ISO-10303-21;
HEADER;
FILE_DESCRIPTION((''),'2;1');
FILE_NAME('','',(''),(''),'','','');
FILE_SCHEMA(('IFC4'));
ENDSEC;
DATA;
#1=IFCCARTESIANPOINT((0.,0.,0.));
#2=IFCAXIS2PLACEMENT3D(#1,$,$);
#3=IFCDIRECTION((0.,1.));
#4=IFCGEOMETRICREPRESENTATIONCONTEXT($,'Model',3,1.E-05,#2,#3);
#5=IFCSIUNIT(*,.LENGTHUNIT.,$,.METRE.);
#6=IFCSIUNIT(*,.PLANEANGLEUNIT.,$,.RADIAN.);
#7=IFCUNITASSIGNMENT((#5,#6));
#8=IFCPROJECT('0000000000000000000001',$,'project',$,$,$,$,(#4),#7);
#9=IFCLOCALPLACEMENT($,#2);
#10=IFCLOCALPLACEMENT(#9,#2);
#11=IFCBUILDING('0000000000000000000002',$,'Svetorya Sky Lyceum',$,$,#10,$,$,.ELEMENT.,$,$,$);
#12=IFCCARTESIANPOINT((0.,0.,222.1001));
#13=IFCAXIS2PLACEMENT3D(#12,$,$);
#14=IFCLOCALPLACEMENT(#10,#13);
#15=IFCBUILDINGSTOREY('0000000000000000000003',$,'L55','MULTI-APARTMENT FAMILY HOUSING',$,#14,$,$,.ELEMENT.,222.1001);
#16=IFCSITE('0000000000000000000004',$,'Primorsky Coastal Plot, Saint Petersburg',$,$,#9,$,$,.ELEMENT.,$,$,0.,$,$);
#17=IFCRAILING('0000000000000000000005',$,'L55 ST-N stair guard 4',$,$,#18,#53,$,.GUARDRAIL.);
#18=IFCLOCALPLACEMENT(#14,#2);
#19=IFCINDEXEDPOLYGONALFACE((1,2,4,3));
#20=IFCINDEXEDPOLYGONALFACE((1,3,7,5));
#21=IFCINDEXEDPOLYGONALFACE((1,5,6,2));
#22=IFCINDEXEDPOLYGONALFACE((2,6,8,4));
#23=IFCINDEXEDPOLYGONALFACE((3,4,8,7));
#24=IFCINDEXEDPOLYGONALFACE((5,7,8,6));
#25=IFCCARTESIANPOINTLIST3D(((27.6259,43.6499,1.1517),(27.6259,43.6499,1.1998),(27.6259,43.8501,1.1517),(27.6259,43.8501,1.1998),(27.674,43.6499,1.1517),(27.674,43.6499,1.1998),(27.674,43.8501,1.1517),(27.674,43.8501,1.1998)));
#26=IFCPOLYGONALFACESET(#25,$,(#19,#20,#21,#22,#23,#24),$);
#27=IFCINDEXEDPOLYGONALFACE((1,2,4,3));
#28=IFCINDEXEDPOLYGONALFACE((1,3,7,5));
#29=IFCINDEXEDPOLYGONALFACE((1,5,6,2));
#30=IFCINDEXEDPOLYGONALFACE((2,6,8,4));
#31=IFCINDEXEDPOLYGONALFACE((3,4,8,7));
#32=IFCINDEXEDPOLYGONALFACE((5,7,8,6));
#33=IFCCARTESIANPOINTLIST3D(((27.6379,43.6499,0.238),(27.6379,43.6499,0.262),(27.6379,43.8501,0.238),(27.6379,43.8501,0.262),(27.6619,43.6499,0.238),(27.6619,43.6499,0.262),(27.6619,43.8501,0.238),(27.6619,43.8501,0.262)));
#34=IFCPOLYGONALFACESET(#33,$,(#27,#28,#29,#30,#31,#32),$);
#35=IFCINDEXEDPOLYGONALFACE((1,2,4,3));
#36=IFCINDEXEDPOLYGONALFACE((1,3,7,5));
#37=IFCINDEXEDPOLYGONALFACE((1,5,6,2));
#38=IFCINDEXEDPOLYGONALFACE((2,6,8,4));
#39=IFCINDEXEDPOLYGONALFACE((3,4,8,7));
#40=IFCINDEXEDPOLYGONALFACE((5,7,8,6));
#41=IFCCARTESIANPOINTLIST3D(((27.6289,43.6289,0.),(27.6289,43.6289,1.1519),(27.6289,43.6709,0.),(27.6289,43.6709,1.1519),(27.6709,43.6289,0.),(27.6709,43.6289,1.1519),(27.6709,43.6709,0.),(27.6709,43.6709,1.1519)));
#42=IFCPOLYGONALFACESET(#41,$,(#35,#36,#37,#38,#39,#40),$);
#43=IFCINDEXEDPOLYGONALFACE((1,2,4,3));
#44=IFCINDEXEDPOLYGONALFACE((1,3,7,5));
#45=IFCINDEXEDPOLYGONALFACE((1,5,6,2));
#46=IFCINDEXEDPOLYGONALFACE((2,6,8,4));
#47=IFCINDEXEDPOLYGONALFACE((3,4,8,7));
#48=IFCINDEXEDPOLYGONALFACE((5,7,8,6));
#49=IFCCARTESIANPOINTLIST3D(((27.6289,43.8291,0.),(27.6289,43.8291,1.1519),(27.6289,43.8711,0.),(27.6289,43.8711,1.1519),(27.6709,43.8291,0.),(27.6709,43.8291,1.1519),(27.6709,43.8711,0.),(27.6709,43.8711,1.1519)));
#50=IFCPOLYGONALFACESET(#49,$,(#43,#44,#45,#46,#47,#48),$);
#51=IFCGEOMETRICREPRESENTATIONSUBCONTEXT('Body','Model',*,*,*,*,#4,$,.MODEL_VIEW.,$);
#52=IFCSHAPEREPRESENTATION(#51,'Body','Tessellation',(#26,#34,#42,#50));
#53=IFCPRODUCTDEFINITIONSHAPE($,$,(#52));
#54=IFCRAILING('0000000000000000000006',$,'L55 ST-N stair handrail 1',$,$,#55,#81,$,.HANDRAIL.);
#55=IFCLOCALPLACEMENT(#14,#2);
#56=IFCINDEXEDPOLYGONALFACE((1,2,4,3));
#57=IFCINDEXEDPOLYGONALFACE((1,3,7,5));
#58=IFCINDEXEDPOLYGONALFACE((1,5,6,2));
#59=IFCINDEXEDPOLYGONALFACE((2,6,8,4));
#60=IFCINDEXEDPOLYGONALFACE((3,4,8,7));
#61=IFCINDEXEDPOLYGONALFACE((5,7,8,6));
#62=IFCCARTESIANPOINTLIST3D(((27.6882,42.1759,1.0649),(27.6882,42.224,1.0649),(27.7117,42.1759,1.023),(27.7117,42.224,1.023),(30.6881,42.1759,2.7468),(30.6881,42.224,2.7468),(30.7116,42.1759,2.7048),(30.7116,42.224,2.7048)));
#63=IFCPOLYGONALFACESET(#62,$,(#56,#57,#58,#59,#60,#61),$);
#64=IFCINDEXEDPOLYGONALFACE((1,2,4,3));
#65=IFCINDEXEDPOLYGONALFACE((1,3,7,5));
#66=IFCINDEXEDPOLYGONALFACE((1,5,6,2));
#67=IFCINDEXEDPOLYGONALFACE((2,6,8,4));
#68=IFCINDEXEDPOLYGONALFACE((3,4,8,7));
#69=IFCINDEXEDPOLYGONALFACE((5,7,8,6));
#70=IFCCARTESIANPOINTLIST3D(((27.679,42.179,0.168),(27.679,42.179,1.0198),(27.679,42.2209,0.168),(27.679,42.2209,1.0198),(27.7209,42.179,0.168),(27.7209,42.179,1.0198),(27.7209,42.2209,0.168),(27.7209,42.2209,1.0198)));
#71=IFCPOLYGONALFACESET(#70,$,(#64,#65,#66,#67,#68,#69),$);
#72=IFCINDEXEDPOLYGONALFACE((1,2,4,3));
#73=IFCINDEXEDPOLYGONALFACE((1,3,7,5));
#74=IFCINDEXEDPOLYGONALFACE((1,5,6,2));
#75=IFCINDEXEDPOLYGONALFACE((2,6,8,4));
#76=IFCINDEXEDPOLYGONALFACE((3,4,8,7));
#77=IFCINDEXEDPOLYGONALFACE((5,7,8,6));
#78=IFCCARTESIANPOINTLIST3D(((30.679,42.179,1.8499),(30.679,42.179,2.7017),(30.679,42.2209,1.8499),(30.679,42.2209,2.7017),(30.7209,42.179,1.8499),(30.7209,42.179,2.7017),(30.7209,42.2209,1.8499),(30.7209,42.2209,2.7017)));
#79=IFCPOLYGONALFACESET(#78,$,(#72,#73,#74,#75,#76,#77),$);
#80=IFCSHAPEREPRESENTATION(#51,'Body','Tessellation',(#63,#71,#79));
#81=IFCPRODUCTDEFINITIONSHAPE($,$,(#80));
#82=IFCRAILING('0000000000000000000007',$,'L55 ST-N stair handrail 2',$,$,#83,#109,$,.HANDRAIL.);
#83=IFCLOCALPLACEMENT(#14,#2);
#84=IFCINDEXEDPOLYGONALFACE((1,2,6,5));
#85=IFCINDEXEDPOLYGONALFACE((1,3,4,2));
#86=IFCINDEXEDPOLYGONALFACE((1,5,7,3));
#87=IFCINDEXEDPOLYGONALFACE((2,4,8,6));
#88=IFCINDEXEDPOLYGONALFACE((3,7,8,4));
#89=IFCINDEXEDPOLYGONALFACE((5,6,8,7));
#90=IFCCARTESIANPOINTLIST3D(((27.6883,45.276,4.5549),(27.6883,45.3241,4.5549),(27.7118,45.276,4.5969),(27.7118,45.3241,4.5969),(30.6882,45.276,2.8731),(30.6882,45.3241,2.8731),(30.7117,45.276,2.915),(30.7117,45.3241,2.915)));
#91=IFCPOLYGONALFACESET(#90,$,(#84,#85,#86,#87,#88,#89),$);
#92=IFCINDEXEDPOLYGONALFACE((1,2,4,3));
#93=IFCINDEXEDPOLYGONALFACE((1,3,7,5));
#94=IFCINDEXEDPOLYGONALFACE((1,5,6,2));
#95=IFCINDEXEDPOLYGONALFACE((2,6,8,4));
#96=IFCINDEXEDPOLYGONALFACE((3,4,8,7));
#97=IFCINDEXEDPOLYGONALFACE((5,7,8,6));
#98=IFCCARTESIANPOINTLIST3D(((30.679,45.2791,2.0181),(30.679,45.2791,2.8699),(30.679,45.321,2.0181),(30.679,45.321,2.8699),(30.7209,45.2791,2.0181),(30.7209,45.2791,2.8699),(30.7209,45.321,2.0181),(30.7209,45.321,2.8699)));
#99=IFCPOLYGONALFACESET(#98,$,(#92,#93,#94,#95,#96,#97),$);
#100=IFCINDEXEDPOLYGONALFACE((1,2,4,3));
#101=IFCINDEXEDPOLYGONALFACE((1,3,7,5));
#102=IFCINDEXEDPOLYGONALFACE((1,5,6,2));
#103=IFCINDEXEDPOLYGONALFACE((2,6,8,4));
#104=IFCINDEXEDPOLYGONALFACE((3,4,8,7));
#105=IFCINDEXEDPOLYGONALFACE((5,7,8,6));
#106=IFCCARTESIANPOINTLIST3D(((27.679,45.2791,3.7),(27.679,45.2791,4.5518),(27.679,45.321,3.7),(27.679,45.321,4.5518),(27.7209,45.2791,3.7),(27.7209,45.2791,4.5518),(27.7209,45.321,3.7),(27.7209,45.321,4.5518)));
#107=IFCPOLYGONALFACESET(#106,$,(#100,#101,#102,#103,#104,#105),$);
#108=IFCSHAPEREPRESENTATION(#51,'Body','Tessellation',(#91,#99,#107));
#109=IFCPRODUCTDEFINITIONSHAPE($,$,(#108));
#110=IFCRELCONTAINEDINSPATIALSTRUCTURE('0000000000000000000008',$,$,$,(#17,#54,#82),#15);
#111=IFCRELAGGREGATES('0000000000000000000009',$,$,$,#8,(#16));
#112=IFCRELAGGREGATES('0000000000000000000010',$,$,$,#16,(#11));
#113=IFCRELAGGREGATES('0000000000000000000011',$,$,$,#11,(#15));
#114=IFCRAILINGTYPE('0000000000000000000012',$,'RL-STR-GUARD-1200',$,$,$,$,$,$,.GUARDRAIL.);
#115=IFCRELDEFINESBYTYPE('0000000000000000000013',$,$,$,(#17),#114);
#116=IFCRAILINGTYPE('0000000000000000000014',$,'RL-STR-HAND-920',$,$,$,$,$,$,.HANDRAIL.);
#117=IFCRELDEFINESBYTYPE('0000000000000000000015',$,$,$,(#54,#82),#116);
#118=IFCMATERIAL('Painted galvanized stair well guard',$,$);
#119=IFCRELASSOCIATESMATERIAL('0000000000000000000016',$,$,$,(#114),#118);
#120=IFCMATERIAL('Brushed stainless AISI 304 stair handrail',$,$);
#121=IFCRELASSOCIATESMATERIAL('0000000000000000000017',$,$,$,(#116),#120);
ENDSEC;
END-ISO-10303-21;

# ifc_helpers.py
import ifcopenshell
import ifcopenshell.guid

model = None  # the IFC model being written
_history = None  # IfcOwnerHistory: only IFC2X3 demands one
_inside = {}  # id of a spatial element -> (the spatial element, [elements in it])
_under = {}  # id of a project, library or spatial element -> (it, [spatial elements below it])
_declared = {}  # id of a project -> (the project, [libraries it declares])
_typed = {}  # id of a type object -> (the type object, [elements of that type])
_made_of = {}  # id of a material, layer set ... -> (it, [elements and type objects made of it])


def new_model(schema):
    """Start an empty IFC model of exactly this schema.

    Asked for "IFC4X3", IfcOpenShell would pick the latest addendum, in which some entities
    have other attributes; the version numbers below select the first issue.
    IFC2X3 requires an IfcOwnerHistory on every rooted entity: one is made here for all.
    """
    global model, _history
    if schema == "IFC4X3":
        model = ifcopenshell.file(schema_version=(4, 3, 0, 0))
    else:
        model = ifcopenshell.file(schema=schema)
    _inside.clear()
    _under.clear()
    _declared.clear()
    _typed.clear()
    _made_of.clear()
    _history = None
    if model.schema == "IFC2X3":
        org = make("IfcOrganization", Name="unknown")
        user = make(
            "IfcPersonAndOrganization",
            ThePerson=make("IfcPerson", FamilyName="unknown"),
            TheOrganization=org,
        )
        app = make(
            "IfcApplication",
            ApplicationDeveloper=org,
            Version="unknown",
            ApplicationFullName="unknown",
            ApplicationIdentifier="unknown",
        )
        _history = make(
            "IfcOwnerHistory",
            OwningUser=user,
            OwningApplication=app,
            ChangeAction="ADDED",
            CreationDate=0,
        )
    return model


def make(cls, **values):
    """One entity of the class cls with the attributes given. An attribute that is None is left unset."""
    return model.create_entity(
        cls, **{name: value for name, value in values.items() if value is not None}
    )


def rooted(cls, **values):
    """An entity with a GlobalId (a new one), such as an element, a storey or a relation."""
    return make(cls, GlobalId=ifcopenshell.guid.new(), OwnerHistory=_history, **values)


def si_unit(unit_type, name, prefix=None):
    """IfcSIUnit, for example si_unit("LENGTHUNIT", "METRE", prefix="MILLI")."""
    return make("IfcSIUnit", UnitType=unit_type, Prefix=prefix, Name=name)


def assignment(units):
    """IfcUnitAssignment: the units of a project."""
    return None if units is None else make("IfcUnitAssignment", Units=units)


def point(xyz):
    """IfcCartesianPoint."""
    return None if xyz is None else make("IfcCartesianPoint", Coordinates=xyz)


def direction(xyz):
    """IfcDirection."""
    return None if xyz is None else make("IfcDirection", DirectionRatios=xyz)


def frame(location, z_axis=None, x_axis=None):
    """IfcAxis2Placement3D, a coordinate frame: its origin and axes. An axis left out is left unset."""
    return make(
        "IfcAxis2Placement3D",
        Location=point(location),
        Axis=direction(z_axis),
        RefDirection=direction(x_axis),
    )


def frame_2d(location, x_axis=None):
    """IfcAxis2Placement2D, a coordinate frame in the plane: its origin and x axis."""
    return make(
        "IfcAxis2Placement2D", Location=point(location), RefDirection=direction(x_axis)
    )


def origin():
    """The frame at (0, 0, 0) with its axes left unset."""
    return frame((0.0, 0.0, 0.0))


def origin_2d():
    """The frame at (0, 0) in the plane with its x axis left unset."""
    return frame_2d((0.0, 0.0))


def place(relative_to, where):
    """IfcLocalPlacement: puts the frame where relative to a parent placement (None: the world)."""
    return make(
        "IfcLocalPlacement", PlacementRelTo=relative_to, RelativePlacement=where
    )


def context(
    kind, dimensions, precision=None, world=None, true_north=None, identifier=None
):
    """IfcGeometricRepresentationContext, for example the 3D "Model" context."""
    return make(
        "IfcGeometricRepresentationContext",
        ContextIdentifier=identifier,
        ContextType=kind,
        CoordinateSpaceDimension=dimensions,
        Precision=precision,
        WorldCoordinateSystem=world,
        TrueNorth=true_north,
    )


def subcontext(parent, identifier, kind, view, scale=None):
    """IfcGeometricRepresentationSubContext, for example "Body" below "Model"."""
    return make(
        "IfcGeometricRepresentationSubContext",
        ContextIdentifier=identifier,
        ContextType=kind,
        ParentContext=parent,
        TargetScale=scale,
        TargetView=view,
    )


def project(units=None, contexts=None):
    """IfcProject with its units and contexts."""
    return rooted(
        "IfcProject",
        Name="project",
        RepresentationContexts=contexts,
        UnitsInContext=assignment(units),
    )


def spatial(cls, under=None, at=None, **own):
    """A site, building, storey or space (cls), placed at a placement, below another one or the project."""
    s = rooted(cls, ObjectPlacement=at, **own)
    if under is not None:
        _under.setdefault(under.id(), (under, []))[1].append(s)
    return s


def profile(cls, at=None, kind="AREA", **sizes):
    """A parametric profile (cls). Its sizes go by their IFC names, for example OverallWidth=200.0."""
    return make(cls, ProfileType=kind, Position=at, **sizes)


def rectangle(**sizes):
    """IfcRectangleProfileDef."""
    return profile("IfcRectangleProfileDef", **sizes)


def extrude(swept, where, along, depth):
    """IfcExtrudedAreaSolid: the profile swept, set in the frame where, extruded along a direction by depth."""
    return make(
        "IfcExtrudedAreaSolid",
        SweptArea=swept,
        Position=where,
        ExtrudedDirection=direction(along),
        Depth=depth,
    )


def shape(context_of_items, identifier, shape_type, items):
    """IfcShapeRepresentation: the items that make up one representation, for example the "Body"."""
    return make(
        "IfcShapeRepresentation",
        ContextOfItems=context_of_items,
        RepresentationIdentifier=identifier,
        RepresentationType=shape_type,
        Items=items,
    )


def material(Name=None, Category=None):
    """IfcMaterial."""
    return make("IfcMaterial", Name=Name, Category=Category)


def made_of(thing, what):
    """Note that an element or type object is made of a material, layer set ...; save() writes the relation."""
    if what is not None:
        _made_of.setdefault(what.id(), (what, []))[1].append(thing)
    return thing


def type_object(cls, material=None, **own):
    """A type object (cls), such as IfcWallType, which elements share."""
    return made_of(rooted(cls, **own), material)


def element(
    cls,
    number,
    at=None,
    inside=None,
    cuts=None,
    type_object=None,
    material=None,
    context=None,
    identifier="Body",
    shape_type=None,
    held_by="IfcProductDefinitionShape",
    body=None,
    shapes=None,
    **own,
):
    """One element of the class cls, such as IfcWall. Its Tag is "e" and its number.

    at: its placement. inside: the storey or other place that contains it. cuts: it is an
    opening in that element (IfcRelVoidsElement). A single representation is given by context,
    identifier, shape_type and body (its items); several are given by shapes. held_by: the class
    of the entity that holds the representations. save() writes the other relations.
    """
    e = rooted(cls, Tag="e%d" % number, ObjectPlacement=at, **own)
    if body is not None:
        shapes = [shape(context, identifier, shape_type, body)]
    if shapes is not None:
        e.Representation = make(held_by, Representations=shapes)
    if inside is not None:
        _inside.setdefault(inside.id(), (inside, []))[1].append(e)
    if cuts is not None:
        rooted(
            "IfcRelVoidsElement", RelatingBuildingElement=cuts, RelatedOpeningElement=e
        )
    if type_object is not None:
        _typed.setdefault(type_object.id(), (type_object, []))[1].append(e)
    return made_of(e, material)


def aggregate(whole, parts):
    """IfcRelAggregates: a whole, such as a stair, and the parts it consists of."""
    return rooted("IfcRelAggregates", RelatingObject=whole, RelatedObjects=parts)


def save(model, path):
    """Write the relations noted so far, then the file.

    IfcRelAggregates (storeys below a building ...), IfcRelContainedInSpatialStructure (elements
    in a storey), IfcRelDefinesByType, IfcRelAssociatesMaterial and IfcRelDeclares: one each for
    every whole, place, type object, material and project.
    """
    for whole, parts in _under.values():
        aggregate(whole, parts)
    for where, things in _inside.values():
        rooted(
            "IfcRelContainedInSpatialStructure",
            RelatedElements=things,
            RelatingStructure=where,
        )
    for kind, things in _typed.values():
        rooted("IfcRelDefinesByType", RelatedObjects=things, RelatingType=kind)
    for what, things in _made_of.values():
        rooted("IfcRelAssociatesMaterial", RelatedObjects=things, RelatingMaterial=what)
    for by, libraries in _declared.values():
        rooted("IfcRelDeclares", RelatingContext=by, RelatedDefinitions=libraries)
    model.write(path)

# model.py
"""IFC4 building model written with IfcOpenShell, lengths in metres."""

from ifc_helpers import new_model, si_unit, direction, frame, origin, origin_2d, place, context, subcontext, project, spatial, rectangle, extrude, material, type_object, element, save


model = new_model("IFC4")

# Units and contexts
model_context = context("Model", 3, precision=1e-05, world=origin(), true_north=direction((0.0, 1.0)))
body_context = subcontext(model_context, "Body", "Model", "MODEL_VIEW")
ifc_project = project(units=[si_unit("LENGTHUNIT", "METRE"), si_unit("PLANEANGLEUNIT", "RADIAN")], contexts=[model_context])

# Site, building, storey
site_placement = place(None, origin())
site = spatial("IfcSite", under=ifc_project, at=site_placement, Name="Primorsky Coastal Plot, Saint Petersburg", CompositionType="ELEMENT", RefElevation=0.0)
building_placement = place(site_placement, origin())
building = spatial("IfcBuilding", under=site, at=building_placement, Name="Svetorya Sky Lyceum", CompositionType="ELEMENT")
storey_placement = place(building_placement, frame((0.0, 0.0, 222.1001)))
storey = spatial("IfcBuildingStorey", under=building, at=storey_placement, Name="L55", Description="MULTI-APARTMENT FAMILY HOUSING", CompositionType="ELEMENT", Elevation=222.1001)

# Railings
ifc_material_1 = material(Name="Painted galvanized stair well guard")
railing_type_1 = type_object("IfcRailingType", Name="RL-STR-GUARD-1200", PredefinedType="GUARDRAIL", material=ifc_material_1)
railing_1_placement = place(storey_placement, frame((27.6499, 43.6499, 0.0)))
element("IfcRailing", 1, at=railing_1_placement, inside=storey, type_object=railing_type_1, Name="L55 ST-N stair guard 4", PredefinedType="GUARDRAIL", context=body_context, shape_type="SweptSolid", body=[
    extrude(rectangle(XDim=0.0481, YDim=0.0481, at=origin_2d()), frame((0.0, 0.0, 1.1758), z_axis=(0.0, 1.0, 0.0), x_axis=(-1.0, 0.0, 0.0)), (0.0, 0.0, 1.0), 0.2002),
    extrude(rectangle(XDim=0.0239, YDim=0.0239, at=origin_2d()), frame((0.0, 0.0, 0.25), z_axis=(0.0, 1.0, 0.0), x_axis=(-1.0, 0.0, 0.0)), (0.0, 0.0, 1.0), 0.2002),
    extrude(rectangle(XDim=0.042, YDim=0.042, at=origin_2d()), origin(), (0.0, 0.0, 1.0), 1.1519),
    extrude(rectangle(XDim=0.042, YDim=0.042, at=origin_2d()), frame((0.0, 0.2002, 0.0)), (0.0, 0.0, 1.0), 1.1519),
])
ifc_material_2 = material(Name="Brushed stainless AISI 304 stair handrail")
railing_type_2 = type_object("IfcRailingType", Name="RL-STR-HAND-920", PredefinedType="HANDRAIL", material=ifc_material_2)
railing_2_placement = place(storey_placement, frame((27.7, 42.2, 0.168)))
element("IfcRailing", 2, at=railing_2_placement, inside=storey, type_object=railing_type_2, Name="L55 ST-N stair handrail 1", PredefinedType="HANDRAIL", context=body_context, shape_type="SweptSolid", body=[
    extrude(rectangle(XDim=0.0481, YDim=0.0481, at=origin_2d()), frame((0.0, 0.0, 0.876), z_axis=(0.872272, 0.0, 0.48902), x_axis=(0.0, 1.0, 0.0)), (0.0, 0.0, 1.0), 3.4392),
    extrude(rectangle(XDim=0.042, YDim=0.042, at=origin_2d()), origin(), (0.0, 0.0, 1.0), 0.8518),
    extrude(rectangle(XDim=0.042, YDim=0.042, at=origin_2d()), frame((3.0, 0.0, 1.6819)), (0.0, 0.0, 1.0), 0.8518),
])
railing_3_placement = place(storey_placement, frame((30.7, 45.3, 2.0181)))
element("IfcRailing", 3, at=railing_3_placement, inside=storey, type_object=railing_type_2, Name="L55 ST-N stair handrail 2", PredefinedType="HANDRAIL", context=body_context, shape_type="SweptSolid", body=[
    extrude(rectangle(XDim=0.0481, YDim=0.0481, at=origin_2d()), frame((0.0, 0.0, 0.876), z_axis=(-0.872272, 0.0, 0.48902), x_axis=(0.0, -1.0, 0.0)), (0.0, 0.0, 1.0), 3.4392),
    extrude(rectangle(XDim=0.042, YDim=0.042, at=origin_2d()), origin(), (0.0, 0.0, 1.0), 0.8518),
    extrude(rectangle(XDim=0.042, YDim=0.042, at=origin_2d()), frame((-3.0, 0.0, 1.6819)), (0.0, 0.0, 1.0), 0.8518),
])

save(model, "model.ifc")
